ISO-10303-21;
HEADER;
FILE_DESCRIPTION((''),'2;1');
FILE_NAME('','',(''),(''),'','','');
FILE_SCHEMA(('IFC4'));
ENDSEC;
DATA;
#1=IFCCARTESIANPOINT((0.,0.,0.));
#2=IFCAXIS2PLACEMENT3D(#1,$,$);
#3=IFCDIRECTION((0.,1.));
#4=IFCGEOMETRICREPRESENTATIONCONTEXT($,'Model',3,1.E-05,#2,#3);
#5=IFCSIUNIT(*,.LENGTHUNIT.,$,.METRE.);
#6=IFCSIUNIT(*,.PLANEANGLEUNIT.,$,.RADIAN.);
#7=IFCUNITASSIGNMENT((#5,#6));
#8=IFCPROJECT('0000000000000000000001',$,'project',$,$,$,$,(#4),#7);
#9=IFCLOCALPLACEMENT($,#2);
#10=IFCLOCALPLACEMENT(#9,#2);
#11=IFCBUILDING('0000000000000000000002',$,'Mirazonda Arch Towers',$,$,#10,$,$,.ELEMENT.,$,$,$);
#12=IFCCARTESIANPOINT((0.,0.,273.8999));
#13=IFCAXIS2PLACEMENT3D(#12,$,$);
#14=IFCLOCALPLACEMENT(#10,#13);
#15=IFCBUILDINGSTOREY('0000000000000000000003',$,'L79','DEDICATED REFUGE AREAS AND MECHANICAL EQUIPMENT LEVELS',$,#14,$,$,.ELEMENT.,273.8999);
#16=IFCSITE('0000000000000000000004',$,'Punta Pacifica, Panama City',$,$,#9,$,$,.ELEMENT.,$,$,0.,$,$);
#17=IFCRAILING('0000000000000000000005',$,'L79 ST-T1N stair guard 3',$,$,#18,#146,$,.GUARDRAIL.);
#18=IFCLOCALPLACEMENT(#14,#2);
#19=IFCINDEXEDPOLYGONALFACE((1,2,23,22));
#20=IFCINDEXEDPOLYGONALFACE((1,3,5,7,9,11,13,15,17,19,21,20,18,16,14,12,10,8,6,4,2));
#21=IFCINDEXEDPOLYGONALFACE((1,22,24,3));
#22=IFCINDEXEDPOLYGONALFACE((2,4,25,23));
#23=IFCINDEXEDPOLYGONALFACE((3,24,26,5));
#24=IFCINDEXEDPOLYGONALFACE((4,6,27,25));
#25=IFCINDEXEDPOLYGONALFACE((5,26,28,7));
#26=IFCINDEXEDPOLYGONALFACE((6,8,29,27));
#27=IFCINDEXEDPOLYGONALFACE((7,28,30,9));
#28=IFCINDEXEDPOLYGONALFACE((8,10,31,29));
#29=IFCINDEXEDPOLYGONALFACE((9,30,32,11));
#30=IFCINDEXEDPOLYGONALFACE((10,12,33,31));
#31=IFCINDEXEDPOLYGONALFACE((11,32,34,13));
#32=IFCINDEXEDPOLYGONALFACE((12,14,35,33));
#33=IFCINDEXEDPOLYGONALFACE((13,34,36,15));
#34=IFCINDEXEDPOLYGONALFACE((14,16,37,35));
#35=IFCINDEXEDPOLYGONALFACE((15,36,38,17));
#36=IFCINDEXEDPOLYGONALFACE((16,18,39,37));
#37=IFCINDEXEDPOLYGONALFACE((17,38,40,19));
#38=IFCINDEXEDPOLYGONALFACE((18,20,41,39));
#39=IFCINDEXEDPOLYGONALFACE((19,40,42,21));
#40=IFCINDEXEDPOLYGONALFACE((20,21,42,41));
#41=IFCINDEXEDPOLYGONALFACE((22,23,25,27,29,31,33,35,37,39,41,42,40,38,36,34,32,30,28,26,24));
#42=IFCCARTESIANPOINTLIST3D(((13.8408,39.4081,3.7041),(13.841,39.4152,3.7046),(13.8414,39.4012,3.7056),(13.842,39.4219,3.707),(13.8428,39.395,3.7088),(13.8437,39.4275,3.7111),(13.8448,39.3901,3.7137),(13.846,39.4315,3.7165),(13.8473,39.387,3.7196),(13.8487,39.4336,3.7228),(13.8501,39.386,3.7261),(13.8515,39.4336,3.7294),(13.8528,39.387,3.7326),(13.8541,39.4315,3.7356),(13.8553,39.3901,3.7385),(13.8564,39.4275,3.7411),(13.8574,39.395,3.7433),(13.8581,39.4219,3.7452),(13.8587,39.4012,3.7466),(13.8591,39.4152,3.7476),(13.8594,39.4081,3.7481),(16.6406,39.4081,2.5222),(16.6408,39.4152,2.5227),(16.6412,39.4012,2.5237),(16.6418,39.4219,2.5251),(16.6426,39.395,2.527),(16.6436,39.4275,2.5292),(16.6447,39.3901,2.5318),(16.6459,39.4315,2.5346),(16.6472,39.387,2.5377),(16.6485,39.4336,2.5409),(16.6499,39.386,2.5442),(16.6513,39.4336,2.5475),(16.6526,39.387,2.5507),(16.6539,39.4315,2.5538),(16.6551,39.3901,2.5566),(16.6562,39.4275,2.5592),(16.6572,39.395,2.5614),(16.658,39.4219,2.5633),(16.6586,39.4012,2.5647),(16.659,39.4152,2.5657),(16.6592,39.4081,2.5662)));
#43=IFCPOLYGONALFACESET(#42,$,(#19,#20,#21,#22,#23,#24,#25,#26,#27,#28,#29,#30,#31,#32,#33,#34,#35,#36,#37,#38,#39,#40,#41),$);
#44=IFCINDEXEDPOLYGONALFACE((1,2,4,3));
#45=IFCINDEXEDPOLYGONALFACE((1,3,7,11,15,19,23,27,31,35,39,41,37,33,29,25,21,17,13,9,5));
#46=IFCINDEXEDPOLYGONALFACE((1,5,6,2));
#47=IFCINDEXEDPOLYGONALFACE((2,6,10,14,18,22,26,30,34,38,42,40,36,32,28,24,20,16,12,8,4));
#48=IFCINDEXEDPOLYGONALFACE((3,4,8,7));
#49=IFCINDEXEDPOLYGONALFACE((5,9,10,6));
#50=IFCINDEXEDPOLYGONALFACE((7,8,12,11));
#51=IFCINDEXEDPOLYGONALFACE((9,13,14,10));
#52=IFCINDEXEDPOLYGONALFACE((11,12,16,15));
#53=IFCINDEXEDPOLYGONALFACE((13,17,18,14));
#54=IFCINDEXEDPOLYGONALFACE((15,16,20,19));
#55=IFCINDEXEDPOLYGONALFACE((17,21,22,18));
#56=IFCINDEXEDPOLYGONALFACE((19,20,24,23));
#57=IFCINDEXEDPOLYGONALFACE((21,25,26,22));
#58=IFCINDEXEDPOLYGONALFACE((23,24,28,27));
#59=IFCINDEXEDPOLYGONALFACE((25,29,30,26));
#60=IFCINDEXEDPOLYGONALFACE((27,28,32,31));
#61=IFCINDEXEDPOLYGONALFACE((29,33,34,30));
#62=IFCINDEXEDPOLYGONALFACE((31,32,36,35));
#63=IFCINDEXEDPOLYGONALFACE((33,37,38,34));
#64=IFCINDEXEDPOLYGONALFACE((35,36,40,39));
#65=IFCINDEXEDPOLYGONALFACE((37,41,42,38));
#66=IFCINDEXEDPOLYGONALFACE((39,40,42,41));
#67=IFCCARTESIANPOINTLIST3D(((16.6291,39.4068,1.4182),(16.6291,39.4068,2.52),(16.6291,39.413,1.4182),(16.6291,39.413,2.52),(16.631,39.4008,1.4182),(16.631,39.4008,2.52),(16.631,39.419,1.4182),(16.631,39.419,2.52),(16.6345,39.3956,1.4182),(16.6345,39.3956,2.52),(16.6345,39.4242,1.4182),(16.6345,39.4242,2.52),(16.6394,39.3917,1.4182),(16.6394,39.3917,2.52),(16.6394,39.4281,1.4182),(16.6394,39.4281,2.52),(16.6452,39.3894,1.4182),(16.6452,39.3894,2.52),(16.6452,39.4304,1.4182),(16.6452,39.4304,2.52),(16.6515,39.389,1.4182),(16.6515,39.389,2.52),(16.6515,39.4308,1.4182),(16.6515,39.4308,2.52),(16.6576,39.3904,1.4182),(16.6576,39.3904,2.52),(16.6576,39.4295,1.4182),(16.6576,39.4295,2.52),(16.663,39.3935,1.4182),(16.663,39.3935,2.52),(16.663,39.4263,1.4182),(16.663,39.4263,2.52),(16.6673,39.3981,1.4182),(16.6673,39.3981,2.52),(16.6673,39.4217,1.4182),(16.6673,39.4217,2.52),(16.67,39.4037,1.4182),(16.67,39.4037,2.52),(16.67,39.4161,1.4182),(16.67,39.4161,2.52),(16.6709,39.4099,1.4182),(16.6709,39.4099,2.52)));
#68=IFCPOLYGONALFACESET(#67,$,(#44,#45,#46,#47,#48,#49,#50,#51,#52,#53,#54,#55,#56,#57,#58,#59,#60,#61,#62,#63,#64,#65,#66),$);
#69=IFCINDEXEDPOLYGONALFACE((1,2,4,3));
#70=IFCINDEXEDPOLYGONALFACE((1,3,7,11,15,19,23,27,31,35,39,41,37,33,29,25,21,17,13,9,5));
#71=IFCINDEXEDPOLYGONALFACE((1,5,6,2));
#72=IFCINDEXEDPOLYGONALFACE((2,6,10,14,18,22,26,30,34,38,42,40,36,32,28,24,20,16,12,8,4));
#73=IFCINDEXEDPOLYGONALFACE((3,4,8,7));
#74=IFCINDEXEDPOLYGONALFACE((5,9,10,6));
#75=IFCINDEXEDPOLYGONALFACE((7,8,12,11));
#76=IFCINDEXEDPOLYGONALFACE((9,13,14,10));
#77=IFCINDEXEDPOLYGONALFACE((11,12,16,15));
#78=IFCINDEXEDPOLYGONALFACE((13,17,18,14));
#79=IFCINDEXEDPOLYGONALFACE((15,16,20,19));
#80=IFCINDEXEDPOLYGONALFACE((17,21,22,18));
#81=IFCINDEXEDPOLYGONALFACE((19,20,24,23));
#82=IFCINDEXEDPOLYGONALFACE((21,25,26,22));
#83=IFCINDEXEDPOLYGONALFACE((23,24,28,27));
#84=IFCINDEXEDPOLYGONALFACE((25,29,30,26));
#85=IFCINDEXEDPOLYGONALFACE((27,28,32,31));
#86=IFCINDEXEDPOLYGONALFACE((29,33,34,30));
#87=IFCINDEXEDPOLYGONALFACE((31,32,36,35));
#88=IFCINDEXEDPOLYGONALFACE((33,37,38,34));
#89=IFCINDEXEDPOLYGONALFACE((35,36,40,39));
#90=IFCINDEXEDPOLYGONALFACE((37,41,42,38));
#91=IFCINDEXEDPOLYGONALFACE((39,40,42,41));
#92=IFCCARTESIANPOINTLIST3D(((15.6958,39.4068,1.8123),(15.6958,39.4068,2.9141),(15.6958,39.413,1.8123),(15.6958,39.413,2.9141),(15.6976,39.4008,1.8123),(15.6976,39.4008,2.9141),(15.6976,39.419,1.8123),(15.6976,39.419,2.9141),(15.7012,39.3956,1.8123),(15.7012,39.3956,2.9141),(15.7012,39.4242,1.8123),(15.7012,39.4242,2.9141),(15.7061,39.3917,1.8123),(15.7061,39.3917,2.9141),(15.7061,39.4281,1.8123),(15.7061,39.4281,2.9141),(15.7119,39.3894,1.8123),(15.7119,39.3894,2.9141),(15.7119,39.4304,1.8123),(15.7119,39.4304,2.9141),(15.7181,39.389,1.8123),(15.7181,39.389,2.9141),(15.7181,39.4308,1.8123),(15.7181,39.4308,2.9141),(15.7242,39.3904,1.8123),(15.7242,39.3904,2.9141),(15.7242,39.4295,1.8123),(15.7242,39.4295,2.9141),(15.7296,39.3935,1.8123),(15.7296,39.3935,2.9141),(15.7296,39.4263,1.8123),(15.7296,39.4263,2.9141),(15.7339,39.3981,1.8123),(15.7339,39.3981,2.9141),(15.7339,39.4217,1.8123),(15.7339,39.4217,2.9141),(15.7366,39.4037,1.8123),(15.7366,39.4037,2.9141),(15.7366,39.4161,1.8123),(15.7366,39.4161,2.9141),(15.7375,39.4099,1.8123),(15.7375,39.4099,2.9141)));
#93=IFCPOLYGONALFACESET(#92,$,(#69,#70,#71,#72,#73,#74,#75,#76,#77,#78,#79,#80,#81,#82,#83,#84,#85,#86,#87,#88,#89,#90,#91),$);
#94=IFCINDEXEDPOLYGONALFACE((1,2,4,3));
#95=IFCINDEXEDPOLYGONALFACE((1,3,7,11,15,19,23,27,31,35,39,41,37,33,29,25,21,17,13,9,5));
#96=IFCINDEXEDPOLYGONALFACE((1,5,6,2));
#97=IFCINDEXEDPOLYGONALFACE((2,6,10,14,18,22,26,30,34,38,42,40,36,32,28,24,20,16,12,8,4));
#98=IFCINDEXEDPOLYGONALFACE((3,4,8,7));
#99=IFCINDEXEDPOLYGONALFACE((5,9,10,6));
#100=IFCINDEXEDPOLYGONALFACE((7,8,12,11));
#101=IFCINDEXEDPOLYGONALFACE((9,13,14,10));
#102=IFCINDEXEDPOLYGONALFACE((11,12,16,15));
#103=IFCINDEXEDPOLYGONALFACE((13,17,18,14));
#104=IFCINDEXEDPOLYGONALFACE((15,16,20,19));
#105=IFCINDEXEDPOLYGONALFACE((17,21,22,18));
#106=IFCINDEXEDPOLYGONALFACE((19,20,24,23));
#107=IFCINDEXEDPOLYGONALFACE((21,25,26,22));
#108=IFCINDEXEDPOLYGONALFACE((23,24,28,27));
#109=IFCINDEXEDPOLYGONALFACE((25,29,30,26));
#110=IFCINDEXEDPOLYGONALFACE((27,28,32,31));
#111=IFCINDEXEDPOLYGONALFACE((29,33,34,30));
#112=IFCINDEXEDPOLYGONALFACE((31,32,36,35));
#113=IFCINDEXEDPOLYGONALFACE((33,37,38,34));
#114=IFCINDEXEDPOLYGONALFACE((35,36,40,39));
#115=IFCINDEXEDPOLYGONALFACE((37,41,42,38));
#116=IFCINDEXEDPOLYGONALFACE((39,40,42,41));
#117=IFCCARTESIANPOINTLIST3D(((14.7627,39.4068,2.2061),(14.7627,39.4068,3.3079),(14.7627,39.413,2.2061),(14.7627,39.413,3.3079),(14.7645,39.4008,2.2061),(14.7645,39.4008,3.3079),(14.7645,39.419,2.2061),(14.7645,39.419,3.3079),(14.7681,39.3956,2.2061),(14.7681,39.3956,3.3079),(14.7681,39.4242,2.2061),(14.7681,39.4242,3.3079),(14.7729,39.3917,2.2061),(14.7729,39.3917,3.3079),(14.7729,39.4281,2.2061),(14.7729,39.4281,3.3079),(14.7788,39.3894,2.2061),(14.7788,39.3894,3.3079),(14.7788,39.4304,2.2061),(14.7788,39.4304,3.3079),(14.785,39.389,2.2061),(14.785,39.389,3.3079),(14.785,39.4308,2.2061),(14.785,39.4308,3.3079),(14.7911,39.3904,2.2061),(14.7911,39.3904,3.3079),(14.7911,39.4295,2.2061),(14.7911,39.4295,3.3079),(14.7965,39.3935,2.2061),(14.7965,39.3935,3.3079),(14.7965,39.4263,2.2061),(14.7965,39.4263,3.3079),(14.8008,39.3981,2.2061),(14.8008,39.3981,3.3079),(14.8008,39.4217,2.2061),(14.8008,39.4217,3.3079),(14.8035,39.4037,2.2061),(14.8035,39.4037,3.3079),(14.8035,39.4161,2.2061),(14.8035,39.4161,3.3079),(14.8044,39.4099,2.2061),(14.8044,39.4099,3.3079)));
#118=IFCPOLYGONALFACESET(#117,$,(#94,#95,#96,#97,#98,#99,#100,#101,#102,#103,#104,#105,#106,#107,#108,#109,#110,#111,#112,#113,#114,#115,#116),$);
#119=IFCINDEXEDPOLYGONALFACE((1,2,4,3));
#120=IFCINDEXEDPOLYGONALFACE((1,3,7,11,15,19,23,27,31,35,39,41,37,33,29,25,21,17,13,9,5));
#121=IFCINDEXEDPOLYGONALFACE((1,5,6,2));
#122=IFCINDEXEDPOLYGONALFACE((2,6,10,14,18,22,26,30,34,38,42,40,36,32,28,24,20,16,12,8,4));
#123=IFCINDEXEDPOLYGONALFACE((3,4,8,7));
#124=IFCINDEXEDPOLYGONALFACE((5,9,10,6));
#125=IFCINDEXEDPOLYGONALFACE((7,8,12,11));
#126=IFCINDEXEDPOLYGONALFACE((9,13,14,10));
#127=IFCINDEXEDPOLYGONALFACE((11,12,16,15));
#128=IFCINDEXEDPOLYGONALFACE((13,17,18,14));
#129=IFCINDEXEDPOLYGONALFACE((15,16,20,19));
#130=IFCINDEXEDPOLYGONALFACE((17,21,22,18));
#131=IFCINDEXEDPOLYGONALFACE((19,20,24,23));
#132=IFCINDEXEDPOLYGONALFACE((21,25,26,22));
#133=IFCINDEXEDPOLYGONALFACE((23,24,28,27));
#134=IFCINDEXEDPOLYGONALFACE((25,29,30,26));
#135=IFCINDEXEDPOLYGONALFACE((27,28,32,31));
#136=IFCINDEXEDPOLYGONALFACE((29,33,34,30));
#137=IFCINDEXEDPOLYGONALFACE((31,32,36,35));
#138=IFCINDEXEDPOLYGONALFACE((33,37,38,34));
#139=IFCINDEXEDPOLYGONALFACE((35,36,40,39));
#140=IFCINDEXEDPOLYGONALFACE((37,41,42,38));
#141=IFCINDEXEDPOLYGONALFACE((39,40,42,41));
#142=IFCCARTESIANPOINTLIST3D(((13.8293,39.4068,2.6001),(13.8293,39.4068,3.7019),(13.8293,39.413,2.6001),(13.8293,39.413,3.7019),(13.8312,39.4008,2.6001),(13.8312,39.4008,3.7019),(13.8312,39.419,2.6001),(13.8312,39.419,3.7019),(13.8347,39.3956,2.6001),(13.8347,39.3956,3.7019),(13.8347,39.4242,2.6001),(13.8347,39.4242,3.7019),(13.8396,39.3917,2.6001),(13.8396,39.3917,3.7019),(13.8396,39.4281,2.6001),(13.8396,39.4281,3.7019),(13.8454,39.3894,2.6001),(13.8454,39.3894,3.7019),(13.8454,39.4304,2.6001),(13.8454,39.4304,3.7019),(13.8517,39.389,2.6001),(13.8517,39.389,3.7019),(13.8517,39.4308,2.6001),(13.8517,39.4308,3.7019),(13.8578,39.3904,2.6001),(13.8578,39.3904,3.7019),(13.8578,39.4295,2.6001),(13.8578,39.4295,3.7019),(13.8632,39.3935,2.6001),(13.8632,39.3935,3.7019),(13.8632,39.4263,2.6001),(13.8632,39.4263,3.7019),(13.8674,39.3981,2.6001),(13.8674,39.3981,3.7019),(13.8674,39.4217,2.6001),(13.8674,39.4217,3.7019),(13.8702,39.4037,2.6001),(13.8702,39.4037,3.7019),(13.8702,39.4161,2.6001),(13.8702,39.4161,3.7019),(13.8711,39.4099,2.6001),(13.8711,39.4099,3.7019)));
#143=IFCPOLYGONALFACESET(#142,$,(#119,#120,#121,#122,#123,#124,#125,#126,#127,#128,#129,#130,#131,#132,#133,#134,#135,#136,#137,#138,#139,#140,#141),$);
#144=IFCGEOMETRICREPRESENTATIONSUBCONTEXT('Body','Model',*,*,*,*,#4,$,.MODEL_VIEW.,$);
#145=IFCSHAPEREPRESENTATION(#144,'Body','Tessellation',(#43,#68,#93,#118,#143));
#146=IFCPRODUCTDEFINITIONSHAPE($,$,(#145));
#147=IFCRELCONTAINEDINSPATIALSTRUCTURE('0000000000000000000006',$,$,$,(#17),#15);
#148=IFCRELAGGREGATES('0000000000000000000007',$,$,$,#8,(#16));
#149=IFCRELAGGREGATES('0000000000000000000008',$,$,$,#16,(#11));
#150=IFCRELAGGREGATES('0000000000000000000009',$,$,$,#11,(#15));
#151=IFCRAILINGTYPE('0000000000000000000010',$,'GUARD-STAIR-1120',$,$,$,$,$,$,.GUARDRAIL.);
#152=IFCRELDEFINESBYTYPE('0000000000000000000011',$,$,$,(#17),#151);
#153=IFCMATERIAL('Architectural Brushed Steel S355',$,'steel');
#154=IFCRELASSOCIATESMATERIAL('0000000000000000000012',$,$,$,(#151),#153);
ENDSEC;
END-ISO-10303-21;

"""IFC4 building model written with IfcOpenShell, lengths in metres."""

from ifc_helpers import new_model, si_unit, direction, frame, origin, origin_2d, place, context, subcontext, project, spatial, circle, extrude, material, type_object, element, save


model = new_model("IFC4")

# Units and contexts
model_context = context("Model", 3, precision=1e-05, world=origin(), true_north=direction((0.0, 1.0)))
body_context = subcontext(model_context, "Body", "Model", "MODEL_VIEW")
ifc_project = project(units=[si_unit("LENGTHUNIT", "METRE"), si_unit("PLANEANGLEUNIT", "RADIAN")], contexts=[model_context])

# Site, building, storey
site_placement = place(None, origin())
site = spatial("IfcSite", under=ifc_project, at=site_placement, Name="Punta Pacifica, Panama City", CompositionType="ELEMENT", RefElevation=0.0)
building_placement = place(site_placement, origin())
building = spatial("IfcBuilding", under=site, at=building_placement, Name="Mirazonda Arch Towers", CompositionType="ELEMENT")
storey_placement = place(building_placement, frame((0.0, 0.0, 273.8999)))
storey = spatial("IfcBuildingStorey", under=building, at=storey_placement, Name="L79", Description="DEDICATED REFUGE AREAS AND MECHANICAL EQUIPMENT LEVELS", CompositionType="ELEMENT", Elevation=273.8999)

# Shared definitions
ifc_material_1 = material(Name="Architectural Brushed Steel S355", Category="steel")

# Railing
railing_type_1 = type_object("IfcRailingType", Name="GUARD-STAIR-1120", PredefinedType="GUARDRAIL", material=ifc_material_1)
railing_1_placement = place(storey_placement, frame((16.6499, 39.4099, 1.4182)))
element("IfcRailing", 1, at=railing_1_placement, inside=storey, type_object=railing_type_1, Name="L79 ST-T1N stair guard 3", PredefinedType="GUARDRAIL", context=body_context, shape_type="SweptSolid", body=[
    extrude(circle(Radius=0.0239, at=origin_2d()), frame((0.0, 0.0, 1.126), z_axis=(-0.92128, 0.0, 0.388901), x_axis=(0.0, -1.0, 0.0)), (0.0, 0.0, 1.0), 3.0391),
    extrude(circle(Radius=0.021, at=origin_2d()), origin(), (0.0, 0.0, 1.0), 1.1018),
    extrude(circle(Radius=0.021, at=origin_2d()), frame((-0.9333, 0.0, 0.394)), (0.0, 0.0, 1.0), 1.1018),
    extrude(circle(Radius=0.021, at=origin_2d()), frame((-1.8665, 0.0, 0.7878)), (0.0, 0.0, 1.0), 1.1018),
    extrude(circle(Radius=0.021, at=origin_2d()), frame((-2.7998, 0.0, 1.1819)), (0.0, 0.0, 1.0), 1.1018),
])

save(model, "model.ifc")
